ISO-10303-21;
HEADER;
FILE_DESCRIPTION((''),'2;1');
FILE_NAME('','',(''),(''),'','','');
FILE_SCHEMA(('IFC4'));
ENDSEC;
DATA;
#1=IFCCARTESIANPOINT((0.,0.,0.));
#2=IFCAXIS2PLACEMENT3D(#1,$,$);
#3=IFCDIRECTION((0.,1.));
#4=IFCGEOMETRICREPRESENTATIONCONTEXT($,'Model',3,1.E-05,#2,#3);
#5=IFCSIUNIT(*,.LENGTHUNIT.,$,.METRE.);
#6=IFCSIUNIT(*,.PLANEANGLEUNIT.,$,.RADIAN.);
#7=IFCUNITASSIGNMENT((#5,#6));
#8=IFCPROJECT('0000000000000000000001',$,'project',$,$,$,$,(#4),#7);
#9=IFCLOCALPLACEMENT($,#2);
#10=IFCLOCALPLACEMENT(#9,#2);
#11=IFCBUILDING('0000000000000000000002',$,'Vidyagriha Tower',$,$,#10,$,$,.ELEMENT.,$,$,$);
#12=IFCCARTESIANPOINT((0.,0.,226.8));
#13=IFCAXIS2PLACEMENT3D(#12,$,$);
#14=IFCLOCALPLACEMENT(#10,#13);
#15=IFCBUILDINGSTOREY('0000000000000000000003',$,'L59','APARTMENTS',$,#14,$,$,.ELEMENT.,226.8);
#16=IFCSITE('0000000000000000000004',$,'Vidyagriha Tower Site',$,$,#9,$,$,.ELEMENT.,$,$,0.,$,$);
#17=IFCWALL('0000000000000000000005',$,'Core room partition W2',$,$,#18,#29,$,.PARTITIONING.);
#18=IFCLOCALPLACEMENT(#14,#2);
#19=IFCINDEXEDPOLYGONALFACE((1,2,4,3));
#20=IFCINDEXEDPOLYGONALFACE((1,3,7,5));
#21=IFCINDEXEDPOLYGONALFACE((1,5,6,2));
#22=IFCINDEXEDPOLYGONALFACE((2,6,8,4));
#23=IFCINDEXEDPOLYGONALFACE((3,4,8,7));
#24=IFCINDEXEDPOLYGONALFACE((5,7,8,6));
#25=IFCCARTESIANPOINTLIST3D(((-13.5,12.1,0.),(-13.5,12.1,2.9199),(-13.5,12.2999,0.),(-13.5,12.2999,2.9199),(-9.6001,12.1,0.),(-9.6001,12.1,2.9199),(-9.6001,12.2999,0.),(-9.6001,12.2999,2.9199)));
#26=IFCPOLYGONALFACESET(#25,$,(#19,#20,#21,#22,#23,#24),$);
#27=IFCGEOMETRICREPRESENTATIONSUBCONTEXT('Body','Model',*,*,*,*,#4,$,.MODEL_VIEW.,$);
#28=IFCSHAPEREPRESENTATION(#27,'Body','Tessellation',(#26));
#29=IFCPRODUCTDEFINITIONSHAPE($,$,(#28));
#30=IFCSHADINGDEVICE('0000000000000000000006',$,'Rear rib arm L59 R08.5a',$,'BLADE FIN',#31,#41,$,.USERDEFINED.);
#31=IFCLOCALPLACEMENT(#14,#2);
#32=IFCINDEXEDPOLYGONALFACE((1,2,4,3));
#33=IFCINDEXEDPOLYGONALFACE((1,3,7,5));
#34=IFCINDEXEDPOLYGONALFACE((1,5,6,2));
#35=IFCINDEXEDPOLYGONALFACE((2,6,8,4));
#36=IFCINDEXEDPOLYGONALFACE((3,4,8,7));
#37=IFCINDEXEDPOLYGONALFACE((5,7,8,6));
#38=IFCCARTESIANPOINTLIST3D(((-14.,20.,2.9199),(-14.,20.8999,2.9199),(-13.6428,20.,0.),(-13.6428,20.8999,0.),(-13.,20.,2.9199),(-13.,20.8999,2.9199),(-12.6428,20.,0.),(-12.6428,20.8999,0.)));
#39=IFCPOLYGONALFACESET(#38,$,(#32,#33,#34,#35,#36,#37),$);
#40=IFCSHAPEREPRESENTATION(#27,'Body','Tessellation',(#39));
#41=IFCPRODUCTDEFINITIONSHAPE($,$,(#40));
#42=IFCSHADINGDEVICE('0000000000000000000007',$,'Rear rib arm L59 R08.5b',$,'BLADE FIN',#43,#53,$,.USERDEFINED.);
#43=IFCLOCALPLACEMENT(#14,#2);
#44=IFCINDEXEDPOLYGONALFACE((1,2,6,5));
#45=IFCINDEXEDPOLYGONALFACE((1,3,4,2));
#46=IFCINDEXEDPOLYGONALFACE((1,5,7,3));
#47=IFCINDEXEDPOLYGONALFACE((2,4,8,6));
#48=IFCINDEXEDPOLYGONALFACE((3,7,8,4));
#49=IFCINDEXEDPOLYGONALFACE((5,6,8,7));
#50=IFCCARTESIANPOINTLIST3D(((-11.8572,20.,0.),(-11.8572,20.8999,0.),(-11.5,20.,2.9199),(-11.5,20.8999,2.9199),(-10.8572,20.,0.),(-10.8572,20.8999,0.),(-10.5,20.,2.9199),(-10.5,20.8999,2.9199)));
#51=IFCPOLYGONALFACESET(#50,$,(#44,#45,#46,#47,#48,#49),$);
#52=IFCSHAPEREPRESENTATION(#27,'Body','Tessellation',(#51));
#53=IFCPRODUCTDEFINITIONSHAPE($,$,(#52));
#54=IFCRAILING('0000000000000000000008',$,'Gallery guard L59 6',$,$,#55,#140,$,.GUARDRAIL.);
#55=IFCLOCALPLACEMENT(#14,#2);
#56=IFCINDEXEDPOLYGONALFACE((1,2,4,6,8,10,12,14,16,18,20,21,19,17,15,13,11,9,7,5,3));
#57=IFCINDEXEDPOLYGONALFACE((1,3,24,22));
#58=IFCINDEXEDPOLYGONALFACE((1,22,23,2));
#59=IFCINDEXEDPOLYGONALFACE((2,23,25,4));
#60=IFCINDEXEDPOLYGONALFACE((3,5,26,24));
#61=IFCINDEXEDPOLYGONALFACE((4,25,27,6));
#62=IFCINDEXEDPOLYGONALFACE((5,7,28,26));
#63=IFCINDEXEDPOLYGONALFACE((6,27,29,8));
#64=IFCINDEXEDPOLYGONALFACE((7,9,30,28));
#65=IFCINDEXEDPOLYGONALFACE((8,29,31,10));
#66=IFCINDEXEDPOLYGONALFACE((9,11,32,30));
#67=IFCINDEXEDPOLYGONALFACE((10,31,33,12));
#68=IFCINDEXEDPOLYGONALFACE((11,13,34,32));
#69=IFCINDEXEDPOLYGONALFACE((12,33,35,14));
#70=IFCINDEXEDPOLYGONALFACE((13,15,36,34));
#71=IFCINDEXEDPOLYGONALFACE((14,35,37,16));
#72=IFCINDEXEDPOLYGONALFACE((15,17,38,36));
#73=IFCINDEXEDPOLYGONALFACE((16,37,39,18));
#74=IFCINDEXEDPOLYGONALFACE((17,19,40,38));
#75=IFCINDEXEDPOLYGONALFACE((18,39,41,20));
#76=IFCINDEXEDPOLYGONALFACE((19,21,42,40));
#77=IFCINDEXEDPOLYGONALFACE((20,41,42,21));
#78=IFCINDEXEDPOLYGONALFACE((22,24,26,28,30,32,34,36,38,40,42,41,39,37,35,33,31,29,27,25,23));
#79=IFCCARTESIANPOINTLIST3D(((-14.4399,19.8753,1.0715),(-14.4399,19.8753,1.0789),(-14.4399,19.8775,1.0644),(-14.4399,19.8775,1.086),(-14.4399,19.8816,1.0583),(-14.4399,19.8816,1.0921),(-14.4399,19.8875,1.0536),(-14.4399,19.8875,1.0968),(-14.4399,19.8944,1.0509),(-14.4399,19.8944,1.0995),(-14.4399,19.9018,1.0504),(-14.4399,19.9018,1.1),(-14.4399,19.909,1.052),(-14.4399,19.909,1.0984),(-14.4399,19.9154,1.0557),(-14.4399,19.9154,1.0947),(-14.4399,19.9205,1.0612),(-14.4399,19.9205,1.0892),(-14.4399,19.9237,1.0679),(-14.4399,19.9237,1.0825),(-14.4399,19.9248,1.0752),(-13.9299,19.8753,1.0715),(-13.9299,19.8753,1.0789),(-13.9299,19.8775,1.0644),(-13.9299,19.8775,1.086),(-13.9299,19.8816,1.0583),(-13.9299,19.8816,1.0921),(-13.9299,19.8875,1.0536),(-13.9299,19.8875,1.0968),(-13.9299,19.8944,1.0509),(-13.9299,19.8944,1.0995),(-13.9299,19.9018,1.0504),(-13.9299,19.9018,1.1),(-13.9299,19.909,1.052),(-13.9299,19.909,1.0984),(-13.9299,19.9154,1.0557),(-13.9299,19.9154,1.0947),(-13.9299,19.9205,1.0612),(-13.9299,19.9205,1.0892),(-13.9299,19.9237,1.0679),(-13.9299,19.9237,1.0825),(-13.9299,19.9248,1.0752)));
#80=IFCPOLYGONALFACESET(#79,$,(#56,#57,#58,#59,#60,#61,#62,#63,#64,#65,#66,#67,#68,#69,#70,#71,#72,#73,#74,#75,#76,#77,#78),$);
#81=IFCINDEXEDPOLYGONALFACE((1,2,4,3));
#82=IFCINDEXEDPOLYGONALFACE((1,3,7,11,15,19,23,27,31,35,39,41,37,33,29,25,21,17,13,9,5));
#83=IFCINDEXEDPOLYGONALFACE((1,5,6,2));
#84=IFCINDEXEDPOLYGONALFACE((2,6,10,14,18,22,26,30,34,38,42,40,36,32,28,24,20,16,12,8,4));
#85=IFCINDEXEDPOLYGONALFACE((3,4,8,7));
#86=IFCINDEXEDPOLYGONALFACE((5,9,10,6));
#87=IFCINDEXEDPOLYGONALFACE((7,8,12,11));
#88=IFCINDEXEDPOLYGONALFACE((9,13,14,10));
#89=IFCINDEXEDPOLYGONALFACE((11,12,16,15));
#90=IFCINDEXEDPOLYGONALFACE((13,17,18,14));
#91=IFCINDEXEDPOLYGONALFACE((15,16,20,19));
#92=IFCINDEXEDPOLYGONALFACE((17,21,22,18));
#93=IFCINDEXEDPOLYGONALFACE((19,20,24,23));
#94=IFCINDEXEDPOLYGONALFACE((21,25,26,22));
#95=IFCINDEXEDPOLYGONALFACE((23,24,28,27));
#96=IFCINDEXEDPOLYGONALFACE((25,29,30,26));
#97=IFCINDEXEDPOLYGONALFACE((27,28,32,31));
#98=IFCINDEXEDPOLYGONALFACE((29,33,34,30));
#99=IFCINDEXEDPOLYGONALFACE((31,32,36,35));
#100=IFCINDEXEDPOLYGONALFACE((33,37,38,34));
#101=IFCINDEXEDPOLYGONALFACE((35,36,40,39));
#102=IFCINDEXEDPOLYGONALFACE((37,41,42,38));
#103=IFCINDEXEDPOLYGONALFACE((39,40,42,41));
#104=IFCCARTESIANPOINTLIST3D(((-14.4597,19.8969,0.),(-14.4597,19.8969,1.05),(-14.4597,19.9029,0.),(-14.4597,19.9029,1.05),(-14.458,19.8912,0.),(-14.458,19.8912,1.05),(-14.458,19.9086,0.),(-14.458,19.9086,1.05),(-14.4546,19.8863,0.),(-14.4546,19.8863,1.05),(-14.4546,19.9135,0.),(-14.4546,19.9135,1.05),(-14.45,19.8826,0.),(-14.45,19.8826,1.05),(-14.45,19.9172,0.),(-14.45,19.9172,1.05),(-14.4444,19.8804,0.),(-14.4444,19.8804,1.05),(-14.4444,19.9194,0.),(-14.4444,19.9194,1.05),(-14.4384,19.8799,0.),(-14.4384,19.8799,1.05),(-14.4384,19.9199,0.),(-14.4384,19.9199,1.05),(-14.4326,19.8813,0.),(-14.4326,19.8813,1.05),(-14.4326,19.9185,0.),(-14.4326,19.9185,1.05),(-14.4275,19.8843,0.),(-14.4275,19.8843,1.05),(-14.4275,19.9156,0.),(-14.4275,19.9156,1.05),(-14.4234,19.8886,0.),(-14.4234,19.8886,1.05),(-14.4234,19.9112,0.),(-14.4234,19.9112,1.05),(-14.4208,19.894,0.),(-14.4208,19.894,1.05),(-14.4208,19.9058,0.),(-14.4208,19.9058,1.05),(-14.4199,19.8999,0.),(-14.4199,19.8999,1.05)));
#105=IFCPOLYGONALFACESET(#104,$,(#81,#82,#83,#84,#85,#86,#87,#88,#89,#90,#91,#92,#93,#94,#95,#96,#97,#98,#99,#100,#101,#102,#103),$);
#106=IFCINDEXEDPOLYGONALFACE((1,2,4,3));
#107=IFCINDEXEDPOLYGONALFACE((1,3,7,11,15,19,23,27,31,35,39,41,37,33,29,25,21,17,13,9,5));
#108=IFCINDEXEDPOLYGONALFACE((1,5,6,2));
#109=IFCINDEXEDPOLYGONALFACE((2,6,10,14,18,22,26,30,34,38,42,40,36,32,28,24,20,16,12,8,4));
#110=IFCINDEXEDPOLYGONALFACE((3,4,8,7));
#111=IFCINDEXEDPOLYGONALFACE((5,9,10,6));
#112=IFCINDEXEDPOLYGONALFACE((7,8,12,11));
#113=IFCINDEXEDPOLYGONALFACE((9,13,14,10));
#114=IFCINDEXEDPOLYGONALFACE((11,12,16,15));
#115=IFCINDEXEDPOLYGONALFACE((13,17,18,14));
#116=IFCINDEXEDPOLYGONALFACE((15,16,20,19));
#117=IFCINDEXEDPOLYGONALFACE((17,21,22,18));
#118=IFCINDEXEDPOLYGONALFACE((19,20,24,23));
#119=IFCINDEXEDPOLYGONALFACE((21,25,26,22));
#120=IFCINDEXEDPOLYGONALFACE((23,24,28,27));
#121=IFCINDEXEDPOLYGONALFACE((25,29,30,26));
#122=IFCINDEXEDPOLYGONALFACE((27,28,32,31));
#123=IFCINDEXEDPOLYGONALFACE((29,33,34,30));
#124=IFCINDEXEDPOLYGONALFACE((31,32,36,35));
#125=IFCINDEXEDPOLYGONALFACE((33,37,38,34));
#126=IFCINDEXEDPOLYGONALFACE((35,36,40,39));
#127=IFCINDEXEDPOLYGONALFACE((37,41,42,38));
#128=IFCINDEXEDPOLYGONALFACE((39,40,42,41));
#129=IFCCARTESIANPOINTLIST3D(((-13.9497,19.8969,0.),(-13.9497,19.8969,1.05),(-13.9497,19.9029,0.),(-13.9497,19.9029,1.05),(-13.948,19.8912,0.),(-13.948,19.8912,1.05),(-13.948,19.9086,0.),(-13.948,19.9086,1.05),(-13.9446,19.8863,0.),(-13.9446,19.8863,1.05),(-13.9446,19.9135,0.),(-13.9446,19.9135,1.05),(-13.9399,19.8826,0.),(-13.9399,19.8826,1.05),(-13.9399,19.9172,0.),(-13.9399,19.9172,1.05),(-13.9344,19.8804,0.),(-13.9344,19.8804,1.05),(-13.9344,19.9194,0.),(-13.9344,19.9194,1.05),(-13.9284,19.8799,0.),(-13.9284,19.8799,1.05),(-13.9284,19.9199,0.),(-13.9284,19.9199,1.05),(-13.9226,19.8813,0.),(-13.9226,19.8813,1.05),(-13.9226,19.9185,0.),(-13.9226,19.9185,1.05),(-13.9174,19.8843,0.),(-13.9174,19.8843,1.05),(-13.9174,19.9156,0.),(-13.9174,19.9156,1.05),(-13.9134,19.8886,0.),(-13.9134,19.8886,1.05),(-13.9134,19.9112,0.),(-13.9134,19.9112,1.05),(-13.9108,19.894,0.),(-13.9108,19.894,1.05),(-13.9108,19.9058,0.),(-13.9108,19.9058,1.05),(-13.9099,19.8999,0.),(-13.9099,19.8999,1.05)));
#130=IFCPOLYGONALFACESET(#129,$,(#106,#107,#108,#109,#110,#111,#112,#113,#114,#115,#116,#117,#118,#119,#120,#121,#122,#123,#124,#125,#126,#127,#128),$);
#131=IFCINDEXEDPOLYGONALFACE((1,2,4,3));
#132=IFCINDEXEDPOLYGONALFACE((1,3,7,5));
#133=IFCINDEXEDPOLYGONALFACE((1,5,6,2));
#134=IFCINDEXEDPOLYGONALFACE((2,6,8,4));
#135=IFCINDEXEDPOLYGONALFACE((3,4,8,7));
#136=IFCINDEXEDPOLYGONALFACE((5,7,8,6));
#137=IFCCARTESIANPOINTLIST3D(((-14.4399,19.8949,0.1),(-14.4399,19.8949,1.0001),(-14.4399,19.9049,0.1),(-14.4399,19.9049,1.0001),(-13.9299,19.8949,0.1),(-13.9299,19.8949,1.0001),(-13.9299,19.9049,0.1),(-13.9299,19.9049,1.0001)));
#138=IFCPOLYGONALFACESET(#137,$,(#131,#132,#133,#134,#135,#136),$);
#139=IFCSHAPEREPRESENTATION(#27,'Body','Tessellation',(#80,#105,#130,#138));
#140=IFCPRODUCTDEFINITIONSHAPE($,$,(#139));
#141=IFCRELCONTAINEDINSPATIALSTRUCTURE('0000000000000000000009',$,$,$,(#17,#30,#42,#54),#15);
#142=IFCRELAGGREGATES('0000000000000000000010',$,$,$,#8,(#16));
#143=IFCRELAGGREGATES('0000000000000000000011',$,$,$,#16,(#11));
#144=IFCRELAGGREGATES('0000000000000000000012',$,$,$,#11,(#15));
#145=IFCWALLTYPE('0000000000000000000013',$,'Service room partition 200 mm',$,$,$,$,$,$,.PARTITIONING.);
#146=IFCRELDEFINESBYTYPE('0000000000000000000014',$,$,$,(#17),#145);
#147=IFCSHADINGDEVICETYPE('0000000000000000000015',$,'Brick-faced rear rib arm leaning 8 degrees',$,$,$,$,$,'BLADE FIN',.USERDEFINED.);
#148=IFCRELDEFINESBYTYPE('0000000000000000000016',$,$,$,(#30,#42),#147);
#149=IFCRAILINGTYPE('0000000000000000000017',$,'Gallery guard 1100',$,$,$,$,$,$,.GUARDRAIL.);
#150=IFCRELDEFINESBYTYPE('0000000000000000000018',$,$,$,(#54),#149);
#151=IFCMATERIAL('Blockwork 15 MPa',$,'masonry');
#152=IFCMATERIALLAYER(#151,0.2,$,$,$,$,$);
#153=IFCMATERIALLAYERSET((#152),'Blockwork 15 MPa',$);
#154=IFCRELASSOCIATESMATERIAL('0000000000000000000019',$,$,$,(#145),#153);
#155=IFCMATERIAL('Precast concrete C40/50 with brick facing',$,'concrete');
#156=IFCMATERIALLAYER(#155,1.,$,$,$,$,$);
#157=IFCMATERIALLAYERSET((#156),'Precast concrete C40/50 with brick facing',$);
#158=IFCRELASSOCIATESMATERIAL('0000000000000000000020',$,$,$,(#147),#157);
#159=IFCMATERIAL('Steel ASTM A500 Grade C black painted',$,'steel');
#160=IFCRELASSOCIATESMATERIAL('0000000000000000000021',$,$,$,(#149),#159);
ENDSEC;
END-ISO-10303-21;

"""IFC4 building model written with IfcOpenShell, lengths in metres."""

from ifc_helpers import new_model, si_unit, direction, frame, frame_2d, origin, origin_2d, place, context, subcontext, project, spatial, polyline, rectangle, circle, outline, extrude, material, layer, layer_set, type_object, element, save


model = new_model("IFC4")

# Units and contexts
model_context = context("Model", 3, precision=1e-05, world=origin(), true_north=direction((0.0, 1.0)))
body_context = subcontext(model_context, "Body", "Model", "MODEL_VIEW")
ifc_project = project(units=[si_unit("LENGTHUNIT", "METRE"), si_unit("PLANEANGLEUNIT", "RADIAN")], contexts=[model_context])

# Site, building, storey
site_placement = place(None, origin())
site = spatial("IfcSite", under=ifc_project, at=site_placement, Name="Vidyagriha Tower Site", CompositionType="ELEMENT", RefElevation=0.0)
building_placement = place(site_placement, origin())
building = spatial("IfcBuilding", under=site, at=building_placement, Name="Vidyagriha Tower", CompositionType="ELEMENT")
storey_placement = place(building_placement, frame((0.0, 0.0, 226.8)))
storey = spatial("IfcBuildingStorey", under=building, at=storey_placement, Name="L59", Description="APARTMENTS", CompositionType="ELEMENT", Elevation=226.8)

# Wall
ifc_material_1 = material(Name="Blockwork 15 MPa", Category="masonry")
ifc_layer_1 = layer(ifc_material_1, 0.2)
ifc_layer_set_1 = layer_set([ifc_layer_1], Name="Blockwork 15 MPa")
wall_type_1 = type_object("IfcWallType", Name="Service room partition 200 mm", PredefinedType="PARTITIONING", material=ifc_layer_set_1)
wall_1_placement = place(storey_placement, frame((-13.5, 12.2, 0.0)))
element("IfcWall", 1, at=wall_1_placement, inside=storey, type_object=wall_type_1, Name="Core room partition W2", PredefinedType="PARTITIONING", context=body_context, shape_type="SweptSolid", body=[
    extrude(rectangle(XDim=3.8999, YDim=0.2, at=frame_2d((1.95, 0.0))), origin(), (0.0, 0.0, 1.0), 2.9199),
])

# Shading devices
ifc_material_2 = material(Name="Precast concrete C40/50 with brick facing", Category="concrete")
ifc_layer_2 = layer(ifc_material_2, 1.0)
ifc_layer_set_2 = layer_set([ifc_layer_2], Name="Precast concrete C40/50 with brick facing")
shading_device_type = type_object("IfcShadingDeviceType", Name="Brick-faced rear rib arm leaning 8 degrees", ElementType="BLADE FIN", PredefinedType="USERDEFINED", material=ifc_layer_set_2)
shading_device_1_placement = place(storey_placement, frame((-12.6428, 20.45, 0.0), z_axis=(0.0, 0.0, 1.0), x_axis=(-1.0, 0.0, 0.0)))
element("IfcShadingDevice", 2, at=shading_device_1_placement, inside=storey, type_object=shading_device_type, Name="Rear rib arm L59 R08.5a", ObjectType="BLADE FIN", PredefinedType="USERDEFINED", context=body_context, shape_type="SweptSolid", body=[
    extrude(outline(polyline([(0.0, 0.0), (1.0, 0.0), (1.3572, 2.9199), (0.3572, 2.9199), (0.0, 0.0)])), frame((0.0, 0.45, 0.0), z_axis=(0.0, -1.0, 0.0), x_axis=(1.0, 0.0, 0.0)), (0.0, 0.0, 1.0), 0.8999),
])
shading_device_2_placement = place(storey_placement, frame((-10.5, 20.45, 0.0), z_axis=(0.0, 0.0, 1.0), x_axis=(-1.0, 0.0, 0.0)))
element("IfcShadingDevice", 3, at=shading_device_2_placement, inside=storey, type_object=shading_device_type, Name="Rear rib arm L59 R08.5b", ObjectType="BLADE FIN", PredefinedType="USERDEFINED", context=body_context, shape_type="SweptSolid", body=[
    extrude(outline(polyline([(0.3572, 0.0), (1.3572, 0.0), (1.0, 2.9199), (0.0, 2.9199), (0.3572, 0.0)])), frame((0.0, 0.45, 0.0), z_axis=(0.0, -1.0, 0.0), x_axis=(1.0, 0.0, 0.0)), (0.0, 0.0, 1.0), 0.8999),
])

# Railing
ifc_material_3 = material(Name="Steel ASTM A500 Grade C black painted", Category="steel")
railing_type = type_object("IfcRailingType", Name="Gallery guard 1100", PredefinedType="GUARDRAIL", material=ifc_material_3)
railing_placement = place(storey_placement, frame((-14.4399, 19.8999, 0.0)))
element("IfcRailing", 4, at=railing_placement, inside=storey, type_object=railing_type, Name="Gallery guard L59 6", PredefinedType="GUARDRAIL", context=body_context, shape_type="SweptSolid", body=[
    extrude(circle(Radius=0.0249, at=origin_2d()), frame((0.0, 0.0, 1.0752), z_axis=(1.0, 0.0, 0.0), x_axis=(0.0, 1.0, 0.0)), (0.0, 0.0, 1.0), 0.51),
    extrude(circle(Radius=0.02, at=origin_2d()), origin(), (0.0, 0.0, 1.0), 1.05),
    extrude(circle(Radius=0.02, at=origin_2d()), frame((0.51, 0.0, 0.0)), (0.0, 0.0, 1.0), 1.05),
    extrude(rectangle(XDim=0.01, YDim=0.9001, at=origin_2d()), frame((0.0, 0.0, 0.55), z_axis=(1.0, 0.0, 0.0), x_axis=(0.0, 1.0, 0.0)), (0.0, 0.0, 1.0), 0.51),
])

save(model, "model.ifc")
